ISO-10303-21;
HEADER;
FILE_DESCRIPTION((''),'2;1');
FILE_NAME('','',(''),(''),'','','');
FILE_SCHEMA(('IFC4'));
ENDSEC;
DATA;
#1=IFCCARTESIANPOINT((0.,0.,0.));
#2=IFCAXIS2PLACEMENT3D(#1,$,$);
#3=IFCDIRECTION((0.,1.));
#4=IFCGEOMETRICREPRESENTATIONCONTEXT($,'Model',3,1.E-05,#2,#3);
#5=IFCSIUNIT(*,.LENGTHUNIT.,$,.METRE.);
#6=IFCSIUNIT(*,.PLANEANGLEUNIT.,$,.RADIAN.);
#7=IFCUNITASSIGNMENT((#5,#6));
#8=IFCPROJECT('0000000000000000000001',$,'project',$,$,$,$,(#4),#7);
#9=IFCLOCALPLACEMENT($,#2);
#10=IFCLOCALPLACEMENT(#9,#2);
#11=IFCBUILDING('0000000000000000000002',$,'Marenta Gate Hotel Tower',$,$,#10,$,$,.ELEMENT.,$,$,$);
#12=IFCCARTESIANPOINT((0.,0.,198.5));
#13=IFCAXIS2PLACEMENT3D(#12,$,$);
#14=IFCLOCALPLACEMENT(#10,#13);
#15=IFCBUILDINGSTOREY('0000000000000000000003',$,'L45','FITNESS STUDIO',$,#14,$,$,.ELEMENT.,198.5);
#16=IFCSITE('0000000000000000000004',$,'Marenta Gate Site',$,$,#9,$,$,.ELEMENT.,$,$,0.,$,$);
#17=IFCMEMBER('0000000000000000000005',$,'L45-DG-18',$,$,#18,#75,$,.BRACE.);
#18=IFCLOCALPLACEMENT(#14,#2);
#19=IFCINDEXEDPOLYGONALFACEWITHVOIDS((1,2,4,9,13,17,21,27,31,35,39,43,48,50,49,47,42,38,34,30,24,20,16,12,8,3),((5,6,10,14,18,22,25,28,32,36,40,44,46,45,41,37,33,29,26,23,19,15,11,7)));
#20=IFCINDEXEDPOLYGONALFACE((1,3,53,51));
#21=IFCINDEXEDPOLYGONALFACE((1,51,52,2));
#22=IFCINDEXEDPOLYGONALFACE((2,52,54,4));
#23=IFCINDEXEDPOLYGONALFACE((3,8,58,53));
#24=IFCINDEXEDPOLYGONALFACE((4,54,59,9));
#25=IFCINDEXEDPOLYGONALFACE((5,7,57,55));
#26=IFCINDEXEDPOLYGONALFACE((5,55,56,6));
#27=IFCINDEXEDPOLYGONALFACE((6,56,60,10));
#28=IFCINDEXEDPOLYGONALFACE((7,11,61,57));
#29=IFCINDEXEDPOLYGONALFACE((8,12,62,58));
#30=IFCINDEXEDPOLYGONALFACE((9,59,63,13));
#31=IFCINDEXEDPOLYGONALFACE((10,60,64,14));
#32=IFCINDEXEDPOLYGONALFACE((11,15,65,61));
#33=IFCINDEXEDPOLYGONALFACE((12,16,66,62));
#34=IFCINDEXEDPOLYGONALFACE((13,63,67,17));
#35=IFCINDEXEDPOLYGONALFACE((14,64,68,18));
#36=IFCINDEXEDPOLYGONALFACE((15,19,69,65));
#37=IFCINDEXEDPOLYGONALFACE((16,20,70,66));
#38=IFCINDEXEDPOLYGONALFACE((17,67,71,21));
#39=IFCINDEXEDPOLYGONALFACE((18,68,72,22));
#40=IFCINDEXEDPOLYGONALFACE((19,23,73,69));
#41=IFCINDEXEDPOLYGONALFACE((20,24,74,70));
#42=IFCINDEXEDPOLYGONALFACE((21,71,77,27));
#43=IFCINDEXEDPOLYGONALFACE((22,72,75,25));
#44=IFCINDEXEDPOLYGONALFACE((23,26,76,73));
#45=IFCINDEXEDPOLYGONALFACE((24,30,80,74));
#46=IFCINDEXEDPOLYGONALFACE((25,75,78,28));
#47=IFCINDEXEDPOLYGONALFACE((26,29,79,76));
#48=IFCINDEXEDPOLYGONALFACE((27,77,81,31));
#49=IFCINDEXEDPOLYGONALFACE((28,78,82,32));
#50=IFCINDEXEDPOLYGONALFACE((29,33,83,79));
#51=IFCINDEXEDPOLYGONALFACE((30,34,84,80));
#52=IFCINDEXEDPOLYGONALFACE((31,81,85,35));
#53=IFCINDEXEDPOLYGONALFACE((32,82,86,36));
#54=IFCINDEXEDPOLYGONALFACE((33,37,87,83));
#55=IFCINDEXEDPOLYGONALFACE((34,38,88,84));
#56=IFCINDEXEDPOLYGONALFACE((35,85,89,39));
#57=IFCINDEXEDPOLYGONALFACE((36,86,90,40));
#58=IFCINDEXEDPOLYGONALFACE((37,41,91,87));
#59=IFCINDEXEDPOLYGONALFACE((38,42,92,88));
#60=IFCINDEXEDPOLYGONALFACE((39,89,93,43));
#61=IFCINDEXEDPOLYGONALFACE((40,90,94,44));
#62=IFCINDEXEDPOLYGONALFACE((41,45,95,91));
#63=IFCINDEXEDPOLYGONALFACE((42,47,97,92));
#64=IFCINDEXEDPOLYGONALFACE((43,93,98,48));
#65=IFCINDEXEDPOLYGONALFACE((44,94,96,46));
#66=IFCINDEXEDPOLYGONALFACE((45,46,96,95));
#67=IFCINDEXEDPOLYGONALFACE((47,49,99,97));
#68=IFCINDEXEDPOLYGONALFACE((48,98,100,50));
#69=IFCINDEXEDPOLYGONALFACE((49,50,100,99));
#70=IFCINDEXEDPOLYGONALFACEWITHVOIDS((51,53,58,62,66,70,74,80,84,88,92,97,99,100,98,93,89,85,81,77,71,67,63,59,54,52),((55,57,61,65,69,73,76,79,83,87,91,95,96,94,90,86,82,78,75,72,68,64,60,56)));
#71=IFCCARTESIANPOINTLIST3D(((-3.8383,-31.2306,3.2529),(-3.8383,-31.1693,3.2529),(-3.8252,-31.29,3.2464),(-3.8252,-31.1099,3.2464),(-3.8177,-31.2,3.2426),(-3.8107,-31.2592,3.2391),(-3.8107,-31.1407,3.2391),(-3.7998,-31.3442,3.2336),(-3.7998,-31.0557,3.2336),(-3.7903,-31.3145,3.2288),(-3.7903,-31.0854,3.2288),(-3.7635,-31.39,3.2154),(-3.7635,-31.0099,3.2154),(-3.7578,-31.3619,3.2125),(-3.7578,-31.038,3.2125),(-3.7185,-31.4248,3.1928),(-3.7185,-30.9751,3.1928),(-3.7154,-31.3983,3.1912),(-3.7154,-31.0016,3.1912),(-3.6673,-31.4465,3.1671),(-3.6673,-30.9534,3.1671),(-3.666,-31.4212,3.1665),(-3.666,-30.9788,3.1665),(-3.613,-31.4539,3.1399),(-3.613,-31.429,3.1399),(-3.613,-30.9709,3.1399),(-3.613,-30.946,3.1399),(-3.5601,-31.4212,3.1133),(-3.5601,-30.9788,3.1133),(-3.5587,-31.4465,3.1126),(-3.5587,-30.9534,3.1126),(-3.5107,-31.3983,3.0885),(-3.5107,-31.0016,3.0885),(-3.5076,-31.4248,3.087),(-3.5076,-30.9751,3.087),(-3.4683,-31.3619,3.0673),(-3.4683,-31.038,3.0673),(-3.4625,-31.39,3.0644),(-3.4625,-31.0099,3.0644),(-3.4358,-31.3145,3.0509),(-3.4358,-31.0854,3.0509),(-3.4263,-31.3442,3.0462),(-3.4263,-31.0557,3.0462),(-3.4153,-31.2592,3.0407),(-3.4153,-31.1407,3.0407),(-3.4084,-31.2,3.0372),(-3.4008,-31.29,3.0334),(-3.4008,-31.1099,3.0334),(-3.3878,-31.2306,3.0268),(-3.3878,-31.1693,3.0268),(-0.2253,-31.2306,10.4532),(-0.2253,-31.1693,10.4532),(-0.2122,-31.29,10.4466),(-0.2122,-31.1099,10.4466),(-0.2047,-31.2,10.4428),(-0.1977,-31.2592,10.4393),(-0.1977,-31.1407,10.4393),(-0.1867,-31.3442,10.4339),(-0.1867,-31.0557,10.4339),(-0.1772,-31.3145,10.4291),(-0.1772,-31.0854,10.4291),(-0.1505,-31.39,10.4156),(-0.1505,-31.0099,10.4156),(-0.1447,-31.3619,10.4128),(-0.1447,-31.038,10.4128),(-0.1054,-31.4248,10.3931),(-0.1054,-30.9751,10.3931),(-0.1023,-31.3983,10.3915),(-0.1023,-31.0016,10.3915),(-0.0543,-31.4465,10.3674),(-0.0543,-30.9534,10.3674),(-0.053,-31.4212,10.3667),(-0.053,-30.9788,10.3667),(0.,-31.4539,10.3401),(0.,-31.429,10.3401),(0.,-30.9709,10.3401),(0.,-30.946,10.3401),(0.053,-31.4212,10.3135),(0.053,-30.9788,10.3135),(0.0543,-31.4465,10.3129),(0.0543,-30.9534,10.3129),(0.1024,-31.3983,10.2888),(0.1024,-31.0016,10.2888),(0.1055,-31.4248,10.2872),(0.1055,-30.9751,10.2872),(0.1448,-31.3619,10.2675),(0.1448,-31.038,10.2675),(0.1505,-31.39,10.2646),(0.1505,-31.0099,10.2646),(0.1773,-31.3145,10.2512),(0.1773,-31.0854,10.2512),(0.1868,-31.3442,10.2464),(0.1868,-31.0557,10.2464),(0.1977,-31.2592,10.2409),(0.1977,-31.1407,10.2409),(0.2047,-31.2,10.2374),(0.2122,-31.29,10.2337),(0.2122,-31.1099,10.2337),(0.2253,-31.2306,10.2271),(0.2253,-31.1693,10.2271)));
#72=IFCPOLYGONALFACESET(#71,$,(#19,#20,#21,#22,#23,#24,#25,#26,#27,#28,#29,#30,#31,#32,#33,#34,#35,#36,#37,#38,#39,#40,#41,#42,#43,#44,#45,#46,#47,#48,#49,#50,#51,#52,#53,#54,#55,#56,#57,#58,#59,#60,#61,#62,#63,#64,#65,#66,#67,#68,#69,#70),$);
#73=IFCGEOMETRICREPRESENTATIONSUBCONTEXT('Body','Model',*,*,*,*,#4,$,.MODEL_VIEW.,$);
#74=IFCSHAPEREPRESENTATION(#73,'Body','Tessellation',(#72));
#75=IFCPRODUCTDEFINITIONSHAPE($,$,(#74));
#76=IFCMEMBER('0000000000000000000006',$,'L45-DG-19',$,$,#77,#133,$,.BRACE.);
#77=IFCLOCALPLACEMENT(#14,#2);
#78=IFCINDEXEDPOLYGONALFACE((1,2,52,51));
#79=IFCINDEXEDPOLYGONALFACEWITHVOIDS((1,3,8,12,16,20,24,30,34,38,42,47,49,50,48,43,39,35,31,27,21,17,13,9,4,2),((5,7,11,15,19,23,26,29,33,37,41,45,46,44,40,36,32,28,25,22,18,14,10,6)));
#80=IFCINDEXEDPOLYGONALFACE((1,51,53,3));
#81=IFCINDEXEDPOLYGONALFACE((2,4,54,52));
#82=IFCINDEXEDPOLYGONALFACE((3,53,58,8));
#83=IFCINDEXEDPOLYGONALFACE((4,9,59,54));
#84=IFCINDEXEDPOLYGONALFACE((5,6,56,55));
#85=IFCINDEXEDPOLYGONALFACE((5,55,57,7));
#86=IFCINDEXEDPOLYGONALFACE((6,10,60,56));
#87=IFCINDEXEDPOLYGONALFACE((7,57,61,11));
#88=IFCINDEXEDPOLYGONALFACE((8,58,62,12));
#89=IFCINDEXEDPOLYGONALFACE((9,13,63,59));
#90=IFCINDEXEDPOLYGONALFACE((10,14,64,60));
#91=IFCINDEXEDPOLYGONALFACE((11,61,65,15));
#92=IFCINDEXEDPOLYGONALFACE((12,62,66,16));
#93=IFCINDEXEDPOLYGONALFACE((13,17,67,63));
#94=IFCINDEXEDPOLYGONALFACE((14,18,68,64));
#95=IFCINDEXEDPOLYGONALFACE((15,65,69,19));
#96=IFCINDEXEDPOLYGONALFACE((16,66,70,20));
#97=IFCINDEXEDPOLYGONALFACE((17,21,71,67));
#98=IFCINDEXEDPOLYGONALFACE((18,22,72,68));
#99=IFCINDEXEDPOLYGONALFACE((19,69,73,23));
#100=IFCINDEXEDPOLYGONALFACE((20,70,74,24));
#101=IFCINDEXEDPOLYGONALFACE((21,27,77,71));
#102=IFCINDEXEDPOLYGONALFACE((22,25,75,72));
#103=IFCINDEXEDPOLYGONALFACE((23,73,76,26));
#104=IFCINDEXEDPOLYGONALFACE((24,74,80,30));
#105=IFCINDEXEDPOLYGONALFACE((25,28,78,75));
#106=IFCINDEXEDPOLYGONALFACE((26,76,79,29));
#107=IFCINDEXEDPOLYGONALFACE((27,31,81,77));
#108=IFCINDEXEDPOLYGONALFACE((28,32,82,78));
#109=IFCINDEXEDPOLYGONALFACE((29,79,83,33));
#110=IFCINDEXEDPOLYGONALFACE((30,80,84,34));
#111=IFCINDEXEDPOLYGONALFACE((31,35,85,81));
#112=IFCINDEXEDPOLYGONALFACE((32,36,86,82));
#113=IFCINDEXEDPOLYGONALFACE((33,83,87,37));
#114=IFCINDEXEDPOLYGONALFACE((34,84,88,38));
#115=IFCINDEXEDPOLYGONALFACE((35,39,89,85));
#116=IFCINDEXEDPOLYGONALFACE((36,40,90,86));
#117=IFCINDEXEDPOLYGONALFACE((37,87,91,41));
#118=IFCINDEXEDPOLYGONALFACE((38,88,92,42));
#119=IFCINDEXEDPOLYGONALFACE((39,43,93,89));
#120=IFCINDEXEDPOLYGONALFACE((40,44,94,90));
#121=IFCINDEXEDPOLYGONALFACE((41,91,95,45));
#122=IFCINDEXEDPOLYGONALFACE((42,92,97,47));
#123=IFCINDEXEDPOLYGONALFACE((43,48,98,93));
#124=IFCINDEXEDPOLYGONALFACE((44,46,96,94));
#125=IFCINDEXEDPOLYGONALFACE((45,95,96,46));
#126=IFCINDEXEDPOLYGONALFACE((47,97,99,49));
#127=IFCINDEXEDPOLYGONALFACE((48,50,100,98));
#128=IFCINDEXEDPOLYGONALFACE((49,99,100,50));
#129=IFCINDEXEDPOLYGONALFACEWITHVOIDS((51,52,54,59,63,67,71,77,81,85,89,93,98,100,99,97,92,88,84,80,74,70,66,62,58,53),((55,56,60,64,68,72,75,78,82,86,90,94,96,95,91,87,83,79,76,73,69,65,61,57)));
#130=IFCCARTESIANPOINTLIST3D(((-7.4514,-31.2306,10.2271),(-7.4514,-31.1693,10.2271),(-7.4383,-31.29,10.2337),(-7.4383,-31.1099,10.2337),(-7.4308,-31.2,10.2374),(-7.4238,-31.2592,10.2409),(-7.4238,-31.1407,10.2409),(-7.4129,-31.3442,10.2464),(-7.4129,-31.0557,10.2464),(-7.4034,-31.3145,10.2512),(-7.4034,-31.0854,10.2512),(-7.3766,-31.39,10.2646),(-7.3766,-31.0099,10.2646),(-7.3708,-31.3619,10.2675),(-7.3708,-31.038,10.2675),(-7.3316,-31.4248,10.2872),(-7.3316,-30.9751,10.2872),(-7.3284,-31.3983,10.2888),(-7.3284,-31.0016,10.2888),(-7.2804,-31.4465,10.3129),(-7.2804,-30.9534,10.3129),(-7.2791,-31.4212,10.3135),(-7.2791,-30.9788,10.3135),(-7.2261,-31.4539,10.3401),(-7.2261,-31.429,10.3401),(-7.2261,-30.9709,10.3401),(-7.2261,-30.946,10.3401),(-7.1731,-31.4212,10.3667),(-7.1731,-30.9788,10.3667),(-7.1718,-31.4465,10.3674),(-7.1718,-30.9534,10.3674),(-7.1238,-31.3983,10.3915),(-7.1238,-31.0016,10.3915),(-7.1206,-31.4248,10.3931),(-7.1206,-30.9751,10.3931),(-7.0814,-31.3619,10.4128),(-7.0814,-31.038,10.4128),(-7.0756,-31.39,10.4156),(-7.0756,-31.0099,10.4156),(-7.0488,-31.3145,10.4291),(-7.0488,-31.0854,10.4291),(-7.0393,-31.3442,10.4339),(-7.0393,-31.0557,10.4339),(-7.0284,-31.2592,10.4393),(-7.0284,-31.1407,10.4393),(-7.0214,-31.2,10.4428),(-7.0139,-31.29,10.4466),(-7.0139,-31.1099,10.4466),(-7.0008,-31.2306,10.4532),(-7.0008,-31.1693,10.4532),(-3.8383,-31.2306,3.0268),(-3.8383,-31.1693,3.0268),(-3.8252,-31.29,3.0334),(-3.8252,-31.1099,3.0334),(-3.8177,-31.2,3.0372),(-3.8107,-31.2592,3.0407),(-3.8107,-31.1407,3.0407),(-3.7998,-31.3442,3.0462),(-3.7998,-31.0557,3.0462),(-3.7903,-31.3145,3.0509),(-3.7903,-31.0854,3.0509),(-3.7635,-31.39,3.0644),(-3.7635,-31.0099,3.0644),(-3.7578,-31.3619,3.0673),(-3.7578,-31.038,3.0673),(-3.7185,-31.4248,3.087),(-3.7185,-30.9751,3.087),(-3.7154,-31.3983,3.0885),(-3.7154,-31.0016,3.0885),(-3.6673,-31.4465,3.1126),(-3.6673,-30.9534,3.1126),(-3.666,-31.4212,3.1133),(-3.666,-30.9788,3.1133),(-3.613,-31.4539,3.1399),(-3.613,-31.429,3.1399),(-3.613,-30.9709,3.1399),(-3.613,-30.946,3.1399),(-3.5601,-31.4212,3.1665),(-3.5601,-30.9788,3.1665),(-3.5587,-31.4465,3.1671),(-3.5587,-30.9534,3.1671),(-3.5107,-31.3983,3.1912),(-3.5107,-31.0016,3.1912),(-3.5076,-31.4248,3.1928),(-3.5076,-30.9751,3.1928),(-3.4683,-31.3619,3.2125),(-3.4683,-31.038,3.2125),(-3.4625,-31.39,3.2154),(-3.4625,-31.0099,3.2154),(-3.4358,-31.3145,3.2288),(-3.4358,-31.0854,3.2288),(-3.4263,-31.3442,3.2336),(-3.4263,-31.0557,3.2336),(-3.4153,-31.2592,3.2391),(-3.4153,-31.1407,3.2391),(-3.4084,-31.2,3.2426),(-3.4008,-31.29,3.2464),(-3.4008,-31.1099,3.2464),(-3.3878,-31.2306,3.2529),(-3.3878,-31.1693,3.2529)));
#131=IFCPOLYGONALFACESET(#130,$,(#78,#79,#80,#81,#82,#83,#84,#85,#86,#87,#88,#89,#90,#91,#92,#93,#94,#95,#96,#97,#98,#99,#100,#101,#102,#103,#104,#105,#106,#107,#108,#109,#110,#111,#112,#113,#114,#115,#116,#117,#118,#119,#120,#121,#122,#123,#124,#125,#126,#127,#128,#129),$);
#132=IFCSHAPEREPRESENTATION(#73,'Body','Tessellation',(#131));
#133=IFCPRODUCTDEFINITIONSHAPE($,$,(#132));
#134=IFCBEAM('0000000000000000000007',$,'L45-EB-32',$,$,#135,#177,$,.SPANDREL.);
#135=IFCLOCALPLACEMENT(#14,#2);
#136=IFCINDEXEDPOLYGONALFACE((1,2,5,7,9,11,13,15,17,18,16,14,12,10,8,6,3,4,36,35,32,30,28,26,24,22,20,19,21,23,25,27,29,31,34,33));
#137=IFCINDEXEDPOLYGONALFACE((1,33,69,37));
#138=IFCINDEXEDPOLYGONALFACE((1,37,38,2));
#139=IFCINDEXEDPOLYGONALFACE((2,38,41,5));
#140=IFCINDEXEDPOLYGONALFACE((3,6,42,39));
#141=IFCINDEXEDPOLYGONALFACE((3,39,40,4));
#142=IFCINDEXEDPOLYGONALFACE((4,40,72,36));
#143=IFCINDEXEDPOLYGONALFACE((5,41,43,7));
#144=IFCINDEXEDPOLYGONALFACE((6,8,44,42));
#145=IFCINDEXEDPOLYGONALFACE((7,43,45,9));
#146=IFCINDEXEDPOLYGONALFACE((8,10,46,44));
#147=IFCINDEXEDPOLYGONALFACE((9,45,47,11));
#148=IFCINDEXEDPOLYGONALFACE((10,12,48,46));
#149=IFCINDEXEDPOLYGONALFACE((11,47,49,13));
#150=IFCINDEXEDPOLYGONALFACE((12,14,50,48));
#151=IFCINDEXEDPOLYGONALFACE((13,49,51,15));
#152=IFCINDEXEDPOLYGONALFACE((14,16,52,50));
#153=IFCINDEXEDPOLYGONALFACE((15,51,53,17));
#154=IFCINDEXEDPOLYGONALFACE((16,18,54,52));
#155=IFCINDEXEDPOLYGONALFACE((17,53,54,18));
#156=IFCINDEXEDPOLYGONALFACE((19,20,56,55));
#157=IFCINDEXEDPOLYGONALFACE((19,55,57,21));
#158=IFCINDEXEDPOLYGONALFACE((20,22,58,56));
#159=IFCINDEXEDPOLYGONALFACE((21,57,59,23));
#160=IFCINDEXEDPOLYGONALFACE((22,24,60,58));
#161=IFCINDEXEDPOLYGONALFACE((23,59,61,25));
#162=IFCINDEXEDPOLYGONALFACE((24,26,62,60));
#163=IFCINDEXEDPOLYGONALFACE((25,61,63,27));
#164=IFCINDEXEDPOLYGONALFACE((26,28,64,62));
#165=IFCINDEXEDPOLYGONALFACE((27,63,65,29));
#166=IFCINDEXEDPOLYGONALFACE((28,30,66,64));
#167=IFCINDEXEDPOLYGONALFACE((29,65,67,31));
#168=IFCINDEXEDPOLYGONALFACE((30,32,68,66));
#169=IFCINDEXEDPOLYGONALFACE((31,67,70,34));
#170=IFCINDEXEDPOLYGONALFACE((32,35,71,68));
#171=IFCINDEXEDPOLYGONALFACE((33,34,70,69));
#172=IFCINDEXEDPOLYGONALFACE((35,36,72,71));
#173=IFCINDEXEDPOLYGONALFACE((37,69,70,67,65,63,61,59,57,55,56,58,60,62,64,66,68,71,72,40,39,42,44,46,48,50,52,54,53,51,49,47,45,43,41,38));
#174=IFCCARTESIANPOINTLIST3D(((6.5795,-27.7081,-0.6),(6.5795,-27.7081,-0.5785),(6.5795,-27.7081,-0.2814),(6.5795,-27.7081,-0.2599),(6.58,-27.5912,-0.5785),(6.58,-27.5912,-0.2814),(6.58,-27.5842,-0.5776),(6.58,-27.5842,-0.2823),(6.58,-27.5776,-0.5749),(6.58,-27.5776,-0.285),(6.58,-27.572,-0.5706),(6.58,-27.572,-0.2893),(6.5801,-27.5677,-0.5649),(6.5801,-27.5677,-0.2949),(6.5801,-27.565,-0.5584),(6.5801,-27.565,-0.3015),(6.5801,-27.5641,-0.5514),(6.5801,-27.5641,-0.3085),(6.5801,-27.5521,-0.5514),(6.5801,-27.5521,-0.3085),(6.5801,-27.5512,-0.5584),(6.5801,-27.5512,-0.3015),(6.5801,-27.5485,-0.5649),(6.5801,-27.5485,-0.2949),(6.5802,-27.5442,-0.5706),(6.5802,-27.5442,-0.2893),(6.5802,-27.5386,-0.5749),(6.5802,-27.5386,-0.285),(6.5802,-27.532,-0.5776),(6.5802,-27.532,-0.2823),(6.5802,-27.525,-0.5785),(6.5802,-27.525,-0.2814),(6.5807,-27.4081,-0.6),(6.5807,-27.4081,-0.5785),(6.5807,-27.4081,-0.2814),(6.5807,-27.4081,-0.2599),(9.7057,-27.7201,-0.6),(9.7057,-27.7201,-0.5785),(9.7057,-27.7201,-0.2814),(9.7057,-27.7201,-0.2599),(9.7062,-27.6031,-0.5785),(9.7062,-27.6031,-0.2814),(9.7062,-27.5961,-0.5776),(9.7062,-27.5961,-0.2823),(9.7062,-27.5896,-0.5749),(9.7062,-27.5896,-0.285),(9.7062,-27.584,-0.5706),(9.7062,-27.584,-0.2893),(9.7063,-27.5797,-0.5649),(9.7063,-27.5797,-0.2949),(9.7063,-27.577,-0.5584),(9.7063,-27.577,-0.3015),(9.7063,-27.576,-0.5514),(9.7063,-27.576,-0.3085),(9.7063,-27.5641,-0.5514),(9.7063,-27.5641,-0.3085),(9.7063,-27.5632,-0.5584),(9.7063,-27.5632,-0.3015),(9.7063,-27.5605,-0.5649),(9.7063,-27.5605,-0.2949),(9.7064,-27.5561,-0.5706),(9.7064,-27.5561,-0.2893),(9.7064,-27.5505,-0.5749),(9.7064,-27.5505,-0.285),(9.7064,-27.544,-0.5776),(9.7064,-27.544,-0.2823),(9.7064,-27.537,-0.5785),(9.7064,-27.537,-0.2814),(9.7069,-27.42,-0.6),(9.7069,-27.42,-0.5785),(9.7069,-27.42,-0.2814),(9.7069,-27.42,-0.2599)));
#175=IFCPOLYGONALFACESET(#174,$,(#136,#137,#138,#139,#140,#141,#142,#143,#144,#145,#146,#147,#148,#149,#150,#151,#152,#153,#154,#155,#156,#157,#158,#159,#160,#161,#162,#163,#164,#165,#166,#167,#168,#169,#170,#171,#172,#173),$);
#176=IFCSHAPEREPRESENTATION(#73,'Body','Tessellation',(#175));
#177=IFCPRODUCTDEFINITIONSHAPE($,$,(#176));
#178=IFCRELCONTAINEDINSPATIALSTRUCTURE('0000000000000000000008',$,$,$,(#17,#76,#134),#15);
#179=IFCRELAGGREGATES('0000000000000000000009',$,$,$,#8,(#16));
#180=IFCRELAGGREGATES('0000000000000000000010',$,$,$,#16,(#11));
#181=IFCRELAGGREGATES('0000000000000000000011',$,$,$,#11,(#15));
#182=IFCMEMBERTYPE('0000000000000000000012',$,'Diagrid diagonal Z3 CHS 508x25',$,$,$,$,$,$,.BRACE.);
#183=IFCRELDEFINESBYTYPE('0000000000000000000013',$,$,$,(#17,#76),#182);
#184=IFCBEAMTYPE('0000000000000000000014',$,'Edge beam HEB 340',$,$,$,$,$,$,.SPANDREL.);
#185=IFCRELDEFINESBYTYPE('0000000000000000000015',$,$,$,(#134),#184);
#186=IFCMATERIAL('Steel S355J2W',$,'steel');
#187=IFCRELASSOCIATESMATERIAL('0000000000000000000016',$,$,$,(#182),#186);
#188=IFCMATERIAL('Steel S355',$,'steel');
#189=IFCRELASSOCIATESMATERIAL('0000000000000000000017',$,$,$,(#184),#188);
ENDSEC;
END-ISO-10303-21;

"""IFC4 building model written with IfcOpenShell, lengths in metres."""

from ifc_helpers import new_model, si_unit, direction, frame, origin, origin_2d, place, context, subcontext, project, spatial, hollow_circle, i_section, extrude, material, material_profile, profile_set, type_object, element, save


model = new_model("IFC4")

# Units and contexts
model_context = context("Model", 3, precision=1e-05, world=origin(), true_north=direction((0.0, 1.0)))
body_context = subcontext(model_context, "Body", "Model", "MODEL_VIEW")
ifc_project = project(units=[si_unit("LENGTHUNIT", "METRE"), si_unit("PLANEANGLEUNIT", "RADIAN")], contexts=[model_context])

# Site, building, storey
site_placement = place(None, origin())
site = spatial("IfcSite", under=ifc_project, at=site_placement, Name="Marenta Gate Site", CompositionType="ELEMENT", RefElevation=0.0)
building_placement = place(site_placement, origin())
building = spatial("IfcBuilding", under=site, at=building_placement, Name="Marenta Gate Hotel Tower", CompositionType="ELEMENT")
storey_placement = place(building_placement, frame((0.0, 0.0, 198.5)))
storey = spatial("IfcBuildingStorey", under=building, at=storey_placement, Name="L45", Description="FITNESS STUDIO", CompositionType="ELEMENT", Elevation=198.5)

# Members
ifc_material_1 = material(Name="Steel S355J2W", Category="steel")
ifc_material_profile_1 = material_profile(ifc_material_1, hollow_circle(Radius=0.2539, WallThickness=0.0249, at=origin_2d()), Name="CHS 508x25")
ifc_profile_set_1 = profile_set([ifc_material_profile_1], Name="Steel S355J2W")
member_type_1 = type_object("IfcMemberType", Name="Diagrid diagonal Z3 CHS 508x25", PredefinedType="BRACE", material=ifc_profile_set_1)
for number, where, z_axis, x_axis, name in (
    (1, (-3.613, -31.2, 3.1399), (0.448498, 0.0, 0.893784), (0.0, 1.0, 0.0), "L45-DG-18"),
    (2, (-3.613, -31.2, 3.1399), (-0.448498, 0.0, 0.893784), (0.0, -1.0, 0.0), "L45-DG-19"),
):
    element("IfcMember", number, at=place(storey_placement, frame(where, z_axis=z_axis, x_axis=x_axis)), inside=storey, type_object=member_type_1, Name=name, PredefinedType="BRACE", context=body_context, shape_type="SweptSolid", body=[
        extrude(hollow_circle(Radius=0.2539, WallThickness=0.0249, at=origin_2d()), origin(), (0.0, 0.0, 1.0), 8.0559),
    ])

# Beam
ifc_material_2 = material(Name="Steel S355", Category="steel")
ifc_material_profile_2 = material_profile(ifc_material_2, i_section(OverallWidth=0.3, OverallDepth=0.3401, WebThickness=0.012, FlangeThickness=0.0215, FilletRadius=0.0271, at=origin_2d()), Name="HEB 340")
ifc_profile_set_2 = profile_set([ifc_material_profile_2], Name="Steel S355")
beam_type = type_object("IfcBeamType", Name="Edge beam HEB 340", PredefinedType="SPANDREL", material=ifc_profile_set_2)
beam_placement = place(storey_placement, frame((9.7063, -27.5701, -0.4299), z_axis=(-0.999993, 0.003827, 0.0), x_axis=(-0.003827, -0.999993, 0.0)))
element("IfcBeam", 3, at=beam_placement, inside=storey, type_object=beam_type, Name="L45-EB-32", PredefinedType="SPANDREL", context=body_context, shape_type="SweptSolid", body=[
    extrude(i_section(OverallWidth=0.3, OverallDepth=0.3401, WebThickness=0.012, FlangeThickness=0.0215, FilletRadius=0.0271, at=origin_2d()), origin(), (0.0, 0.0, 1.0), 3.1262),
])

save(model, "model.ifc")
